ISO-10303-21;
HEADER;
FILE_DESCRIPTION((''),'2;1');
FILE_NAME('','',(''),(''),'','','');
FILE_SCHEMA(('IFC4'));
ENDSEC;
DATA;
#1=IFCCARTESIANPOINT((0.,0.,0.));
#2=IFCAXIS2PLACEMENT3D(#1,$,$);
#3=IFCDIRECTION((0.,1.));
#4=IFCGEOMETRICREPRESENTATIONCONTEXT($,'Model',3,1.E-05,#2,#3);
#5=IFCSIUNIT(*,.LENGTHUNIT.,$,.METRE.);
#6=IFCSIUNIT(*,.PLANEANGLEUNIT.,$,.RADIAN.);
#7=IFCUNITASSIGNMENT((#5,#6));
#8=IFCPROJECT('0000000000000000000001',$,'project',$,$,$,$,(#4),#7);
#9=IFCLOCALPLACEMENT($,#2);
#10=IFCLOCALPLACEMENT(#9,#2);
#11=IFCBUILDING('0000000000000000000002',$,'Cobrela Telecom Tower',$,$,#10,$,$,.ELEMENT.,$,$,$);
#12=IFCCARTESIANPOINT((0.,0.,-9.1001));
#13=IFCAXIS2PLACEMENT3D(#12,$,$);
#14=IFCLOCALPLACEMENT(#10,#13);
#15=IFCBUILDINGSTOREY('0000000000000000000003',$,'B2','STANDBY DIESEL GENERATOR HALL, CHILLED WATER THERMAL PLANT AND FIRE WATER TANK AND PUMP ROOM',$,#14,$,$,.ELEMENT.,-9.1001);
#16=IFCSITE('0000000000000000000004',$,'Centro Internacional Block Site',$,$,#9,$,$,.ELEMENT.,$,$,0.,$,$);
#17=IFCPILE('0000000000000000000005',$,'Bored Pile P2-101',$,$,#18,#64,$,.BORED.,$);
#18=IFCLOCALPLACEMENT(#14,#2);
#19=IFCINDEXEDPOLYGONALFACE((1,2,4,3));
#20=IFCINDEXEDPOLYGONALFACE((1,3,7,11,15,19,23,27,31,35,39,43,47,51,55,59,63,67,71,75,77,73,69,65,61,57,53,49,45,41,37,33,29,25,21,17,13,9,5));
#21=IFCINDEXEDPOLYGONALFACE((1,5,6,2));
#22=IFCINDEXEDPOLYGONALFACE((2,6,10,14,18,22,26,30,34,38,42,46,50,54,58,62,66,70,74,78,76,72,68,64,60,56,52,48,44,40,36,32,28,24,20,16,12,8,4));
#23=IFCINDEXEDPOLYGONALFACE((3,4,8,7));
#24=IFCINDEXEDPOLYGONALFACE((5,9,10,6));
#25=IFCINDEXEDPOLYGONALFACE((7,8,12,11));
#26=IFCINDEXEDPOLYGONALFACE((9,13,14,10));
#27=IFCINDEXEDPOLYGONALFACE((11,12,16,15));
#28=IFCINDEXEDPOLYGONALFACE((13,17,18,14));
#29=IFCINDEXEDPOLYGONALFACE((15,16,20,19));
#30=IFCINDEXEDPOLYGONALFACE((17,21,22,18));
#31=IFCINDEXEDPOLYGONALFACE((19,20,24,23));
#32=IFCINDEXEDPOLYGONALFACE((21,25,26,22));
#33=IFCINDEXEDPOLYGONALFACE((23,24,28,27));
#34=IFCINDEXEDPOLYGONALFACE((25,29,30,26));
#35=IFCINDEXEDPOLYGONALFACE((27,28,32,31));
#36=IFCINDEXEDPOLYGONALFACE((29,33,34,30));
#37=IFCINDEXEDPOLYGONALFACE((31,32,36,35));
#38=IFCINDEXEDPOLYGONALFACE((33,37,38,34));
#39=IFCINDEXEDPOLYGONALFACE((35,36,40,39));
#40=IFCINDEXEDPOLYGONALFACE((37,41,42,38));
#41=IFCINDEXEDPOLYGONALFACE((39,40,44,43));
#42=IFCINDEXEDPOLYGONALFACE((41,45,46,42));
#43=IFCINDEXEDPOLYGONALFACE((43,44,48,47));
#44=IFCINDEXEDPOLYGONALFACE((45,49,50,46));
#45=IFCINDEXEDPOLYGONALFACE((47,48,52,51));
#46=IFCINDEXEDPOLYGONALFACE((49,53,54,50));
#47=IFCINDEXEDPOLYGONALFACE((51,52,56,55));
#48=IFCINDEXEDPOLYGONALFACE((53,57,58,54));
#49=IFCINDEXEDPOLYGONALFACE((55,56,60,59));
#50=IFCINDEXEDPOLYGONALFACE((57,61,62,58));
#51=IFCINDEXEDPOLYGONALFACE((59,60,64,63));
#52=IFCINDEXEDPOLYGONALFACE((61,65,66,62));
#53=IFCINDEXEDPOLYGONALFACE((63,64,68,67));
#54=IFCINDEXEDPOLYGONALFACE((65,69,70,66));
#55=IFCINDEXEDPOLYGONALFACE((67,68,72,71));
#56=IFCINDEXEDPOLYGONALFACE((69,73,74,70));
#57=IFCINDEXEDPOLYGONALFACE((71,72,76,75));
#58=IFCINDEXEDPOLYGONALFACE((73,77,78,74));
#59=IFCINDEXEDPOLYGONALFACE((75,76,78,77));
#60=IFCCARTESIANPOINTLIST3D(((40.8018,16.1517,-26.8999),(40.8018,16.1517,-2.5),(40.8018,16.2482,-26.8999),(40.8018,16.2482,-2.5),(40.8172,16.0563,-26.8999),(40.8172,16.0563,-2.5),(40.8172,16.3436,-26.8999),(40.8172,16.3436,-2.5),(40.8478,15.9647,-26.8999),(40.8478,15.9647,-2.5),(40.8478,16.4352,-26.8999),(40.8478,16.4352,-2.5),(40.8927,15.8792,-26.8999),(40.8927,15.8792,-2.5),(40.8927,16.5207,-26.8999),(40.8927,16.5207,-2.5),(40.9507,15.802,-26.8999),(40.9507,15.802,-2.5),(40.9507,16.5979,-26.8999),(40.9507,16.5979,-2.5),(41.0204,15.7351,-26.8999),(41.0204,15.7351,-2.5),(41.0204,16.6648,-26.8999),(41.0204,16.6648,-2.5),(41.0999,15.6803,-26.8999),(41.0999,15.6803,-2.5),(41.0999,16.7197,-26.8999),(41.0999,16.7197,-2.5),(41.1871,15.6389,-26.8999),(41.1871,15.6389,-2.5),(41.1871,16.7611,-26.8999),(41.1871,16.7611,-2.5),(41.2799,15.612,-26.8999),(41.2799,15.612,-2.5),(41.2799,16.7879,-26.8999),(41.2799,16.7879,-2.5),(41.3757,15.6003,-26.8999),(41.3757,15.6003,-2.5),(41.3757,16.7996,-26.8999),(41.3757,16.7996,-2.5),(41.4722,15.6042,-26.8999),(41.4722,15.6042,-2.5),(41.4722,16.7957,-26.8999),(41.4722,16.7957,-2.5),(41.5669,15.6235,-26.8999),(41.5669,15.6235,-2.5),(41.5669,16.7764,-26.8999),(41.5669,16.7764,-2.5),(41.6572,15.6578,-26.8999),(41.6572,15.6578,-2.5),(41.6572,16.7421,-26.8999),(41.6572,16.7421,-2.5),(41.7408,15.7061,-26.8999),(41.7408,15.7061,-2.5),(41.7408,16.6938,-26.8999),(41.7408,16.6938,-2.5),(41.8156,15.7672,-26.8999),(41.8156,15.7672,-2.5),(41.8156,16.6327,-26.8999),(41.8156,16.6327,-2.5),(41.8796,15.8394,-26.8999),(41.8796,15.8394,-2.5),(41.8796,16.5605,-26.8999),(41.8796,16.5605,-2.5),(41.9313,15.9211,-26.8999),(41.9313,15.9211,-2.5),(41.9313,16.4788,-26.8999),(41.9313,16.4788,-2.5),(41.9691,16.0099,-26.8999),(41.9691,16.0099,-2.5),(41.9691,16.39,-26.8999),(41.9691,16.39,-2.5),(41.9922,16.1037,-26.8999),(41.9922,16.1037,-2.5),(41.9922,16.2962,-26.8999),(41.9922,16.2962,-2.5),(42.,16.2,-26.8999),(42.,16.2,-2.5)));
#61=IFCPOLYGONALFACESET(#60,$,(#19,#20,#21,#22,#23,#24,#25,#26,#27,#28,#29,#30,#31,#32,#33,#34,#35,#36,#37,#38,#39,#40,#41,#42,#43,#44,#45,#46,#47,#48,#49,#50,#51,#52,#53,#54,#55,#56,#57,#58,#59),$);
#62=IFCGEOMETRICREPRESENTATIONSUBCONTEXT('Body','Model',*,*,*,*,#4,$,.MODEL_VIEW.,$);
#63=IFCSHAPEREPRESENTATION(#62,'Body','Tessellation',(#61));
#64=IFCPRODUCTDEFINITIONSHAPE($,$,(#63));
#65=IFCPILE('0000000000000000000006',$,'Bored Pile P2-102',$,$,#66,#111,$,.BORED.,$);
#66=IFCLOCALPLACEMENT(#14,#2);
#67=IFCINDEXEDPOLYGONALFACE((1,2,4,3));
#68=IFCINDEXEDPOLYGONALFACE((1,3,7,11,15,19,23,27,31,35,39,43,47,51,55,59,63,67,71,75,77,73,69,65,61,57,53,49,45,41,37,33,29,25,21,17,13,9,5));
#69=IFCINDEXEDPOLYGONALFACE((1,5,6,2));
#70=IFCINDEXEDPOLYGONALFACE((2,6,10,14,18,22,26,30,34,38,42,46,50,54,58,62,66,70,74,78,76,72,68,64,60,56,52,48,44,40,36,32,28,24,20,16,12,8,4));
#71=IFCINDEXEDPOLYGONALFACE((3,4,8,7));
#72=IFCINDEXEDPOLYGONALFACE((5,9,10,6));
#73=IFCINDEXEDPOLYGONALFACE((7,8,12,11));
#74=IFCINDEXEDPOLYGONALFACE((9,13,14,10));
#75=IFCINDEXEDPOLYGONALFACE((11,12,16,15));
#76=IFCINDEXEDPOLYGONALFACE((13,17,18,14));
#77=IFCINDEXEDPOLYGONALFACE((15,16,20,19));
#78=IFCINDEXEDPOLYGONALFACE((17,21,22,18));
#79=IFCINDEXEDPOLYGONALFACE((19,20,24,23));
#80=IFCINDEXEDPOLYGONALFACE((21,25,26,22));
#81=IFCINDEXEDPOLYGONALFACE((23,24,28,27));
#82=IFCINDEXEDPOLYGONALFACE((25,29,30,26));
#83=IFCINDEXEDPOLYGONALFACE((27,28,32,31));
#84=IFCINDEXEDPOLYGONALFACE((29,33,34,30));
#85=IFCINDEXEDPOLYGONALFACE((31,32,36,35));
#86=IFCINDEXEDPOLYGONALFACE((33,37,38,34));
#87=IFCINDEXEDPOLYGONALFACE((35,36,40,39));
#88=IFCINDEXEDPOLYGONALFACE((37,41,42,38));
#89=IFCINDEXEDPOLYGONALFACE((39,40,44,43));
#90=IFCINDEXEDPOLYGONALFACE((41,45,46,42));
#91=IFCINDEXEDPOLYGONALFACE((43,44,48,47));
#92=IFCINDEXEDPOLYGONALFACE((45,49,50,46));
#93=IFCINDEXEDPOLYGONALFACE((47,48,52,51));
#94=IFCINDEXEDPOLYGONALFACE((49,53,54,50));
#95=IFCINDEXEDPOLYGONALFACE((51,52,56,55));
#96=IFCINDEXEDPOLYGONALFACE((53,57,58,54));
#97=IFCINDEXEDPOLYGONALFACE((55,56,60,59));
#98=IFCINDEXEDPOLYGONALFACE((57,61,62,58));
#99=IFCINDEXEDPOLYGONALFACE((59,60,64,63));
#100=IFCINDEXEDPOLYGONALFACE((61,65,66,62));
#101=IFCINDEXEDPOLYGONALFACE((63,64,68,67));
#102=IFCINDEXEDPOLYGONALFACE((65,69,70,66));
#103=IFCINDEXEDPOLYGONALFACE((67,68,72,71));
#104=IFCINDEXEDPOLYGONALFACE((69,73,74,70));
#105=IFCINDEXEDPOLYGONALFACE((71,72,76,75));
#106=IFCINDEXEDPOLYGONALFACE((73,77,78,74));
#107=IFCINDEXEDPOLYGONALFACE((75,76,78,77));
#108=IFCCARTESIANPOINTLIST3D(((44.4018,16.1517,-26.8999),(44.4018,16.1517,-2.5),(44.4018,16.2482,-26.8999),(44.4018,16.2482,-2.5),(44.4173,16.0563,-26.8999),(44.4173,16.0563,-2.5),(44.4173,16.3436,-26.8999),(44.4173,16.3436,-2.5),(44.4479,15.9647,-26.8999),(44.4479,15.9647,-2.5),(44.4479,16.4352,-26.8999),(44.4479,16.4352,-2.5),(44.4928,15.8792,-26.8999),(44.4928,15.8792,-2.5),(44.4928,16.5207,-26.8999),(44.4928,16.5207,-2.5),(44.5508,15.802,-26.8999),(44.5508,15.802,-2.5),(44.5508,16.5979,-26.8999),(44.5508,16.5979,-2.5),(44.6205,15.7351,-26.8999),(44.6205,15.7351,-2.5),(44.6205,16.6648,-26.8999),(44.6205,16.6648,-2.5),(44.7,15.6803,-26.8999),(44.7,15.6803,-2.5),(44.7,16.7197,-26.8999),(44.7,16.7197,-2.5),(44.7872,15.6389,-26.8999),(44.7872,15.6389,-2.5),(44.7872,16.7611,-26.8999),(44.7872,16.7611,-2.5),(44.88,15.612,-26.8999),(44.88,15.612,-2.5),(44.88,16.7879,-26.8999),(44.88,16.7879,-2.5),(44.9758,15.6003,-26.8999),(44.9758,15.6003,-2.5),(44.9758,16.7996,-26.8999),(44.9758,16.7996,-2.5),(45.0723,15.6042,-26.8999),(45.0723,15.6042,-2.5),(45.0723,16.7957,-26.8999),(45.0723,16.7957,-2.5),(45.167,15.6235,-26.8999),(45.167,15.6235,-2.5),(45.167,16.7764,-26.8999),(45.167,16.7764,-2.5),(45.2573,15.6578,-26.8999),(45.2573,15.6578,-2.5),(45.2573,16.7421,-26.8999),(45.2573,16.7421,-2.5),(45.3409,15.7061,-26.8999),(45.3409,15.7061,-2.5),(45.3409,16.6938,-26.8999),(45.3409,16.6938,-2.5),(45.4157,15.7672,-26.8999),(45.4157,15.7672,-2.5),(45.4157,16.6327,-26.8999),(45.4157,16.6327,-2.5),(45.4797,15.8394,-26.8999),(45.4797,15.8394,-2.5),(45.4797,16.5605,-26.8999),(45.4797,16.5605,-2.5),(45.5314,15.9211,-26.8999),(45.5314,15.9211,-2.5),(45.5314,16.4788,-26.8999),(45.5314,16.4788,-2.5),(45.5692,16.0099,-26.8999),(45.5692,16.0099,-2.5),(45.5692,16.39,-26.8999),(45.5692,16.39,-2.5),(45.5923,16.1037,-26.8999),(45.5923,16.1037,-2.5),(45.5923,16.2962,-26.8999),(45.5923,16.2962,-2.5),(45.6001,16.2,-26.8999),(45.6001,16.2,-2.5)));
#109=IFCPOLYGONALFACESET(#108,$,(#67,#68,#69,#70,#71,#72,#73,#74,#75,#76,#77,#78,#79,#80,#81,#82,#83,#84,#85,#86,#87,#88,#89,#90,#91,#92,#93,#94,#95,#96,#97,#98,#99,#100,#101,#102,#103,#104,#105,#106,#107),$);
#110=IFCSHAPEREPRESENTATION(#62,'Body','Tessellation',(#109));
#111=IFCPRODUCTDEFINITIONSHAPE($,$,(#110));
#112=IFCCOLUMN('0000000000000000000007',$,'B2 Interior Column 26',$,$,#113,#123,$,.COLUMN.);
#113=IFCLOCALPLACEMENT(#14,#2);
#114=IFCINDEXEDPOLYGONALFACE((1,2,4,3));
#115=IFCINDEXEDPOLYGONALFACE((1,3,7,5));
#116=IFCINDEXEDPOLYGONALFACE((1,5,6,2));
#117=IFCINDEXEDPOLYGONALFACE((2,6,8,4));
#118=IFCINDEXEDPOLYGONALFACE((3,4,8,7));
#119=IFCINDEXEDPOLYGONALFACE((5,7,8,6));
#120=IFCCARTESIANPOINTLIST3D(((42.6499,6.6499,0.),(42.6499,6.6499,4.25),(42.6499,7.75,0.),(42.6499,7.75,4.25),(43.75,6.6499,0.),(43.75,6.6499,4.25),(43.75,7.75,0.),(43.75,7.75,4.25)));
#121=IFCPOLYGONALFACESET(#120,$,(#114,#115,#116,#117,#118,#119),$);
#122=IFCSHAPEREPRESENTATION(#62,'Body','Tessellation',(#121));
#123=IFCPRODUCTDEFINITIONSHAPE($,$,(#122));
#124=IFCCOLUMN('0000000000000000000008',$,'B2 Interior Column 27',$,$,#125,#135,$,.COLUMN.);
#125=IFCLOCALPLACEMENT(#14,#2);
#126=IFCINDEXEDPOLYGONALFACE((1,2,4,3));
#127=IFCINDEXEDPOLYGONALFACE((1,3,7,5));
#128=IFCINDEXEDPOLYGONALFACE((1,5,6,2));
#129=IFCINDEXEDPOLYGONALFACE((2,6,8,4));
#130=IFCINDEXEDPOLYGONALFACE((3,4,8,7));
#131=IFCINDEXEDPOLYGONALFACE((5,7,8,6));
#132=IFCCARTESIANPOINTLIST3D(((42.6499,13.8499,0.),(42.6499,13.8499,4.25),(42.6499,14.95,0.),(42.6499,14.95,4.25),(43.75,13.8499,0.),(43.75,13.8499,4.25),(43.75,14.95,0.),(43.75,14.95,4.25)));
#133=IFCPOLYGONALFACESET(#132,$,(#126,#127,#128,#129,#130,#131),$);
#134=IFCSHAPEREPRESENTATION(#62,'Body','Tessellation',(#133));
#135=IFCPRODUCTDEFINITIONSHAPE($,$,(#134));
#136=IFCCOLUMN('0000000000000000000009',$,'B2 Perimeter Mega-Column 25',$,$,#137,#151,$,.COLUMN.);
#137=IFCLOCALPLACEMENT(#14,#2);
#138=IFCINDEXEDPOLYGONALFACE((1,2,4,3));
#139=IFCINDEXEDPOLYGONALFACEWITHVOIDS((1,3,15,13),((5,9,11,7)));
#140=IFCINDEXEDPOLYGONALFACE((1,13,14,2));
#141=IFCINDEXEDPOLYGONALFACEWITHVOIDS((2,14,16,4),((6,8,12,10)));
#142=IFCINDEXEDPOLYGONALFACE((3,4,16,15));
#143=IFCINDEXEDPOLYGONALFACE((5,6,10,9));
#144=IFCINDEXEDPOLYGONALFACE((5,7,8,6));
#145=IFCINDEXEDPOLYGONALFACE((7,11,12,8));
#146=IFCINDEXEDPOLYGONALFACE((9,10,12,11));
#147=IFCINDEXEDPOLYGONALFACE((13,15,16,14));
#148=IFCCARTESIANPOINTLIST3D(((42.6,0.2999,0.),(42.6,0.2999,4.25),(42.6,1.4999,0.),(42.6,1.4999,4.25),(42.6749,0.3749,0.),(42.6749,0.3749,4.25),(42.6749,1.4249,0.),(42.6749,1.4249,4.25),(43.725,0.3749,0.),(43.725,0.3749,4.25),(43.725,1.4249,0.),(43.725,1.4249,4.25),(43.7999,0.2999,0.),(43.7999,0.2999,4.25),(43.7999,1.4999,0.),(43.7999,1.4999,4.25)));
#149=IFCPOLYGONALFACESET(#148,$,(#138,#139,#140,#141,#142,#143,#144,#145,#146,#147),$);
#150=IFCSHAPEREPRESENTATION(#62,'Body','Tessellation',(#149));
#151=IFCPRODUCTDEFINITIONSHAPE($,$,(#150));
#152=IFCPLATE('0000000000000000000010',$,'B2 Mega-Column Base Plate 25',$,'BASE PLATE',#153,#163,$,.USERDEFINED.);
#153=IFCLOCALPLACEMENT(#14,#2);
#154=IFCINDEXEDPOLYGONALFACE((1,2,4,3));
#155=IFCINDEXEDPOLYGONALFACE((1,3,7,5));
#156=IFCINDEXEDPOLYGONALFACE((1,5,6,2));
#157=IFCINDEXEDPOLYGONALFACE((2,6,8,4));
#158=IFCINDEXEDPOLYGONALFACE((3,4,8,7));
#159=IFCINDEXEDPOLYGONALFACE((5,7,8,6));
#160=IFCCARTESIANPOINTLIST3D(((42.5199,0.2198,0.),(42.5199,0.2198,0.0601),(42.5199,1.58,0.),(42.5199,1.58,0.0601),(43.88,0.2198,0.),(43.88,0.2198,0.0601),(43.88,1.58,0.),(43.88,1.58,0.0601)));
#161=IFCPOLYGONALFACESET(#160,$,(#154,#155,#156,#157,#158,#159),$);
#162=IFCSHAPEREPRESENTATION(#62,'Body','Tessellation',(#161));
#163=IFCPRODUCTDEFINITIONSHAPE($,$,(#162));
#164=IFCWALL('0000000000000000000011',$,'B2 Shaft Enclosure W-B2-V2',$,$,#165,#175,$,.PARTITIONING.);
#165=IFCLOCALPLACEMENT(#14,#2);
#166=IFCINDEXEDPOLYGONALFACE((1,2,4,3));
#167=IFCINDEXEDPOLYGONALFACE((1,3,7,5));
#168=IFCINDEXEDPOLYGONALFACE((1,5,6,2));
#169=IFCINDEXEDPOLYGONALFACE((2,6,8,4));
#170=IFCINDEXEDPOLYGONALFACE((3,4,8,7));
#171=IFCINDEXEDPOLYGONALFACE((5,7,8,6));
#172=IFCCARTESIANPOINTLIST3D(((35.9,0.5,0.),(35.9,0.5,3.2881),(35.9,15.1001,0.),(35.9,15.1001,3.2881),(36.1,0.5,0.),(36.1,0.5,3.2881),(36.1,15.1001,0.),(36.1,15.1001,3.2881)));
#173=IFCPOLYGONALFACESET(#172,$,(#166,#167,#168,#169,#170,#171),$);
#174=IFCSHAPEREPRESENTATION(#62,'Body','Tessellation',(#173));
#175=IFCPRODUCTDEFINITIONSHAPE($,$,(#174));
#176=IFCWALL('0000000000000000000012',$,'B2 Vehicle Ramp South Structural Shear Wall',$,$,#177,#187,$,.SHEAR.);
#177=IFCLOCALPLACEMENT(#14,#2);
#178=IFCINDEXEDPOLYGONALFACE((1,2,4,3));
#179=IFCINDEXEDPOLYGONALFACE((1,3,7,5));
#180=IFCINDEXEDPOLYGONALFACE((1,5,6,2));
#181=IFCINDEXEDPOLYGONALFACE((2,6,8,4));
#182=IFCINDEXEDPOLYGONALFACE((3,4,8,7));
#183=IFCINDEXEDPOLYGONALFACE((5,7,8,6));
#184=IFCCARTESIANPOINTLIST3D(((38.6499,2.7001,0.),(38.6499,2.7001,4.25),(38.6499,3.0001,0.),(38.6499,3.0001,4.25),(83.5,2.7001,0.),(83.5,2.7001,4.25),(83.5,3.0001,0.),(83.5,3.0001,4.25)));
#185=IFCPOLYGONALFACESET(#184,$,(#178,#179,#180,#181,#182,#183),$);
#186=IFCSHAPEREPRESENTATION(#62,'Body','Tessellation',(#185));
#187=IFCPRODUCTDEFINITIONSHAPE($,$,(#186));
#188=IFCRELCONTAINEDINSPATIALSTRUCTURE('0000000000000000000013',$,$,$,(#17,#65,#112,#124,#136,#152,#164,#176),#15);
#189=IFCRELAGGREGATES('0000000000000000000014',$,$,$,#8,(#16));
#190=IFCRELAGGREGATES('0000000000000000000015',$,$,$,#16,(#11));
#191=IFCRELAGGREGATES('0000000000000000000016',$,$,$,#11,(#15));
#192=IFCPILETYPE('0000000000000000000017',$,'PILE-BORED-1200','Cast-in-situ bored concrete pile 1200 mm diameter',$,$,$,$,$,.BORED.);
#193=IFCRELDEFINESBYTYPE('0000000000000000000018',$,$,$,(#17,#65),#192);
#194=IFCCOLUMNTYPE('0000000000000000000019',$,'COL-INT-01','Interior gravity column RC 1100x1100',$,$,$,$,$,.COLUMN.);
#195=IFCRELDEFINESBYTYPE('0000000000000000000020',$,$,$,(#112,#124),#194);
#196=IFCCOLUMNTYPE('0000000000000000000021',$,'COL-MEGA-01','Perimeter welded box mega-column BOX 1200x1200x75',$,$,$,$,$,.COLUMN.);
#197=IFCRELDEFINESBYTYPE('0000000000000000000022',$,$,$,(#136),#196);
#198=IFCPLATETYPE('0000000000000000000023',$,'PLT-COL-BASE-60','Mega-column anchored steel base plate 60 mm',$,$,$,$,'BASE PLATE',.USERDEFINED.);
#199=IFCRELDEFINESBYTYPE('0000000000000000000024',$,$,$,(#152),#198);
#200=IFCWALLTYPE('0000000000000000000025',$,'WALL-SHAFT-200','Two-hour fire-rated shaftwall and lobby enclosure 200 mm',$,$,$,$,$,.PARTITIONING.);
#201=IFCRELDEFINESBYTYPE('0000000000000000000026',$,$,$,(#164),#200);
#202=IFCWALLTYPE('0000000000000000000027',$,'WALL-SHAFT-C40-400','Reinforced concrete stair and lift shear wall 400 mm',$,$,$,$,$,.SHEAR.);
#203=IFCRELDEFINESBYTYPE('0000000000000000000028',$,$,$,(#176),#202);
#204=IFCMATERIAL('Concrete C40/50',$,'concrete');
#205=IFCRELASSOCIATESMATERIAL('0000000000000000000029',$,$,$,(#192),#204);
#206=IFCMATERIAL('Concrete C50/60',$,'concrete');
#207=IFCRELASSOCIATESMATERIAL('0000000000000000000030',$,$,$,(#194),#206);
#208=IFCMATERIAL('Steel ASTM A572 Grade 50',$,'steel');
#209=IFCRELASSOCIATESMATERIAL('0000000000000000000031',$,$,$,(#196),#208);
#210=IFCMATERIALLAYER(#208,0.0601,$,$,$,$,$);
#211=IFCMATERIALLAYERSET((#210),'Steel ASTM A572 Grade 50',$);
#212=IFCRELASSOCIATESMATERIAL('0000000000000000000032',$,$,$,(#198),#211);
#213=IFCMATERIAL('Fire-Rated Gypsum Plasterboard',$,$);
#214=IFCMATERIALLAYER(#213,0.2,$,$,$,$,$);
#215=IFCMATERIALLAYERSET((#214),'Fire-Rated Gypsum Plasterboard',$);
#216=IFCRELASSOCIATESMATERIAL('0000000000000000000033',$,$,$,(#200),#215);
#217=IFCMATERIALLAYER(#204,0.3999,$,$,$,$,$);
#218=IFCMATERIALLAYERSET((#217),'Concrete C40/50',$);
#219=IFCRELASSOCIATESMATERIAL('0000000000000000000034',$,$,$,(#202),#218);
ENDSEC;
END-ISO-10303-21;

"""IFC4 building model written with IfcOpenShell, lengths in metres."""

from ifc_helpers import new_model, si_unit, direction, frame, frame_2d, origin, origin_2d, place, context, subcontext, project, spatial, rectangle, hollow_rectangle, circle, extrude, material, layer, layer_set, material_profile, profile_set, type_object, element, save


model = new_model("IFC4")

# Units and contexts
model_context = context("Model", 3, precision=1e-05, world=origin(), true_north=direction((0.0, 1.0)))
body_context = subcontext(model_context, "Body", "Model", "MODEL_VIEW")
ifc_project = project(units=[si_unit("LENGTHUNIT", "METRE"), si_unit("PLANEANGLEUNIT", "RADIAN")], contexts=[model_context])

# Site, building, storey
site_placement = place(None, origin())
site = spatial("IfcSite", under=ifc_project, at=site_placement, Name="Centro Internacional Block Site", CompositionType="ELEMENT", RefElevation=0.0)
building_placement = place(site_placement, origin())
building = spatial("IfcBuilding", under=site, at=building_placement, Name="Cobrela Telecom Tower", CompositionType="ELEMENT")
storey_placement = place(building_placement, frame((0.0, 0.0, -9.1001)))
storey = spatial("IfcBuildingStorey", under=building, at=storey_placement, Name="B2", Description="STANDBY DIESEL GENERATOR HALL, CHILLED WATER THERMAL PLANT AND FIRE WATER TANK AND PUMP ROOM", CompositionType="ELEMENT", Elevation=-9.1001)

# Shared definitions
ifc_material_1 = material(Name="Concrete C40/50", Category="concrete")

# Piles
ifc_material_profile_1 = material_profile(ifc_material_1, circle(Radius=0.6001, at=origin_2d()), Name="BORED PILE D1200")
ifc_profile_set_1 = profile_set([ifc_material_profile_1], Name="Concrete C40/50")
pile_type = type_object("IfcPileType", Name="PILE-BORED-1200", Description="Cast-in-situ bored concrete pile 1200 mm diameter", PredefinedType="BORED", material=ifc_profile_set_1)
for number, where, z_axis, x_axis, name in (
    (1, (41.3999, 16.2, -2.5), (0.0, 0.0, -1.0), (1.0, 0.0, 0.0), "Bored Pile P2-101"),
    (2, (45.0, 16.2, -2.5), (0.0, 0.0, -1.0), (1.0, 0.0, 0.0), "Bored Pile P2-102"),
):
    element("IfcPile", number, at=place(storey_placement, frame(where, z_axis=z_axis, x_axis=x_axis)), inside=storey, type_object=pile_type, Name=name, PredefinedType="BORED", context=body_context, shape_type="SweptSolid", body=[
        extrude(circle(Radius=0.6001, at=origin_2d()), origin(), (0.0, 0.0, 1.0), 24.3999),
    ])

# Columns
ifc_material_2 = material(Name="Concrete C50/60", Category="concrete")
ifc_material_profile_2 = material_profile(ifc_material_2, rectangle(XDim=1.1001, YDim=1.1001, at=origin_2d()), Name="RC 1100x1100")
ifc_profile_set_2 = profile_set([ifc_material_profile_2], Name="Concrete C50/60")
column_type_1 = type_object("IfcColumnType", Name="COL-INT-01", Description="Interior gravity column RC 1100x1100", PredefinedType="COLUMN", material=ifc_profile_set_2)
for number, where, z_axis, x_axis, name in (
    (3, (43.2, 7.2, 0.0), (0.0, 0.0, 1.0), (1.0, 0.0, 0.0), "B2 Interior Column 26"),
    (4, (43.2, 14.3999, 0.0), (0.0, 0.0, 1.0), (1.0, 0.0, 0.0), "B2 Interior Column 27"),
):
    element("IfcColumn", number, at=place(storey_placement, frame(where, z_axis=z_axis, x_axis=x_axis)), inside=storey, type_object=column_type_1, Name=name, PredefinedType="COLUMN", context=body_context, shape_type="SweptSolid", body=[
        extrude(rectangle(XDim=1.1001, YDim=1.1001, at=origin_2d()), origin(), (0.0, 0.0, 1.0), 4.25),
    ])
ifc_material_3 = material(Name="Steel ASTM A572 Grade 50", Category="steel")
ifc_material_profile_3 = material_profile(ifc_material_3, hollow_rectangle(XDim=1.2, YDim=1.2, WallThickness=0.075, at=origin_2d()), Name="BOX 1200x1200x75")
ifc_profile_set_3 = profile_set([ifc_material_profile_3], Name="Steel ASTM A572 Grade 50")
column_type_2 = type_object("IfcColumnType", Name="COL-MEGA-01", Description="Perimeter welded box mega-column BOX 1200x1200x75", PredefinedType="COLUMN", material=ifc_profile_set_3)
column_placement = place(storey_placement, frame((43.2, 0.8999, 0.0), z_axis=(0.0, 0.0, 1.0), x_axis=(1.0, 0.0, 0.0)))
element("IfcColumn", 5, at=column_placement, inside=storey, type_object=column_type_2, Name="B2 Perimeter Mega-Column 25", PredefinedType="COLUMN", context=body_context, shape_type="SweptSolid", body=[
    extrude(hollow_rectangle(XDim=1.2, YDim=1.2, WallThickness=0.075, at=origin_2d()), origin(), (0.0, 0.0, 1.0), 4.25),
])

# Plate
ifc_layer_1 = layer(ifc_material_3, 0.0601)
ifc_layer_set_1 = layer_set([ifc_layer_1], Name="Steel ASTM A572 Grade 50")
plate_type = type_object("IfcPlateType", Name="PLT-COL-BASE-60", Description="Mega-column anchored steel base plate 60 mm", ElementType="BASE PLATE", PredefinedType="USERDEFINED", material=ifc_layer_set_1)
plate_placement = place(storey_placement, frame((43.2, 0.8999, 0.0), z_axis=(0.0, 0.0, 1.0), x_axis=(1.0, 0.0, 0.0)))
element("IfcPlate", 6, at=plate_placement, inside=storey, type_object=plate_type, Name="B2 Mega-Column Base Plate 25", ObjectType="BASE PLATE", PredefinedType="USERDEFINED", context=body_context, shape_type="SweptSolid", body=[
    extrude(rectangle(XDim=1.3601, YDim=1.3601, at=origin_2d()), origin(), (0.0, 0.0, 1.0), 0.0601),
])

# Walls
ifc_material_4 = material(Name="Fire-Rated Gypsum Plasterboard")
ifc_layer_2 = layer(ifc_material_4, 0.2)
ifc_layer_set_2 = layer_set([ifc_layer_2], Name="Fire-Rated Gypsum Plasterboard")
wall_type_1 = type_object("IfcWallType", Name="WALL-SHAFT-200", Description="Two-hour fire-rated shaftwall and lobby enclosure 200 mm", PredefinedType="PARTITIONING", material=ifc_layer_set_2)
wall_1_placement = place(storey_placement, frame((36.0, 0.5, 0.0), z_axis=(0.0, 0.0, 1.0), x_axis=(0.0, 1.0, 0.0)))
element("IfcWall", 7, at=wall_1_placement, inside=storey, type_object=wall_type_1, Name="B2 Shaft Enclosure W-B2-V2", PredefinedType="PARTITIONING", context=body_context, shape_type="SweptSolid", body=[
    extrude(rectangle(XDim=14.6001, YDim=0.2, at=frame_2d((7.3, 0.0))), origin(), (0.0, 0.0, 1.0), 3.2881),
])
ifc_layer_3 = layer(ifc_material_1, 0.3999)
ifc_layer_set_3 = layer_set([ifc_layer_3], Name="Concrete C40/50")
wall_type_2 = type_object("IfcWallType", Name="WALL-SHAFT-C40-400", Description="Reinforced concrete stair and lift shear wall 400 mm", PredefinedType="SHEAR", material=ifc_layer_set_3)
wall_2_placement = place(storey_placement, frame((38.6499, 2.8501, 0.0), z_axis=(0.0, 0.0, 1.0), x_axis=(1.0, 0.0, 0.0)))
element("IfcWall", 8, at=wall_2_placement, inside=storey, type_object=wall_type_2, Name="B2 Vehicle Ramp South Structural Shear Wall", PredefinedType="SHEAR", context=body_context, shape_type="SweptSolid", body=[
    extrude(rectangle(XDim=44.8501, YDim=0.3, at=frame_2d((22.425, 0.0))), origin(), (0.0, 0.0, 1.0), 4.25),
])

save(model, "model.ifc")
